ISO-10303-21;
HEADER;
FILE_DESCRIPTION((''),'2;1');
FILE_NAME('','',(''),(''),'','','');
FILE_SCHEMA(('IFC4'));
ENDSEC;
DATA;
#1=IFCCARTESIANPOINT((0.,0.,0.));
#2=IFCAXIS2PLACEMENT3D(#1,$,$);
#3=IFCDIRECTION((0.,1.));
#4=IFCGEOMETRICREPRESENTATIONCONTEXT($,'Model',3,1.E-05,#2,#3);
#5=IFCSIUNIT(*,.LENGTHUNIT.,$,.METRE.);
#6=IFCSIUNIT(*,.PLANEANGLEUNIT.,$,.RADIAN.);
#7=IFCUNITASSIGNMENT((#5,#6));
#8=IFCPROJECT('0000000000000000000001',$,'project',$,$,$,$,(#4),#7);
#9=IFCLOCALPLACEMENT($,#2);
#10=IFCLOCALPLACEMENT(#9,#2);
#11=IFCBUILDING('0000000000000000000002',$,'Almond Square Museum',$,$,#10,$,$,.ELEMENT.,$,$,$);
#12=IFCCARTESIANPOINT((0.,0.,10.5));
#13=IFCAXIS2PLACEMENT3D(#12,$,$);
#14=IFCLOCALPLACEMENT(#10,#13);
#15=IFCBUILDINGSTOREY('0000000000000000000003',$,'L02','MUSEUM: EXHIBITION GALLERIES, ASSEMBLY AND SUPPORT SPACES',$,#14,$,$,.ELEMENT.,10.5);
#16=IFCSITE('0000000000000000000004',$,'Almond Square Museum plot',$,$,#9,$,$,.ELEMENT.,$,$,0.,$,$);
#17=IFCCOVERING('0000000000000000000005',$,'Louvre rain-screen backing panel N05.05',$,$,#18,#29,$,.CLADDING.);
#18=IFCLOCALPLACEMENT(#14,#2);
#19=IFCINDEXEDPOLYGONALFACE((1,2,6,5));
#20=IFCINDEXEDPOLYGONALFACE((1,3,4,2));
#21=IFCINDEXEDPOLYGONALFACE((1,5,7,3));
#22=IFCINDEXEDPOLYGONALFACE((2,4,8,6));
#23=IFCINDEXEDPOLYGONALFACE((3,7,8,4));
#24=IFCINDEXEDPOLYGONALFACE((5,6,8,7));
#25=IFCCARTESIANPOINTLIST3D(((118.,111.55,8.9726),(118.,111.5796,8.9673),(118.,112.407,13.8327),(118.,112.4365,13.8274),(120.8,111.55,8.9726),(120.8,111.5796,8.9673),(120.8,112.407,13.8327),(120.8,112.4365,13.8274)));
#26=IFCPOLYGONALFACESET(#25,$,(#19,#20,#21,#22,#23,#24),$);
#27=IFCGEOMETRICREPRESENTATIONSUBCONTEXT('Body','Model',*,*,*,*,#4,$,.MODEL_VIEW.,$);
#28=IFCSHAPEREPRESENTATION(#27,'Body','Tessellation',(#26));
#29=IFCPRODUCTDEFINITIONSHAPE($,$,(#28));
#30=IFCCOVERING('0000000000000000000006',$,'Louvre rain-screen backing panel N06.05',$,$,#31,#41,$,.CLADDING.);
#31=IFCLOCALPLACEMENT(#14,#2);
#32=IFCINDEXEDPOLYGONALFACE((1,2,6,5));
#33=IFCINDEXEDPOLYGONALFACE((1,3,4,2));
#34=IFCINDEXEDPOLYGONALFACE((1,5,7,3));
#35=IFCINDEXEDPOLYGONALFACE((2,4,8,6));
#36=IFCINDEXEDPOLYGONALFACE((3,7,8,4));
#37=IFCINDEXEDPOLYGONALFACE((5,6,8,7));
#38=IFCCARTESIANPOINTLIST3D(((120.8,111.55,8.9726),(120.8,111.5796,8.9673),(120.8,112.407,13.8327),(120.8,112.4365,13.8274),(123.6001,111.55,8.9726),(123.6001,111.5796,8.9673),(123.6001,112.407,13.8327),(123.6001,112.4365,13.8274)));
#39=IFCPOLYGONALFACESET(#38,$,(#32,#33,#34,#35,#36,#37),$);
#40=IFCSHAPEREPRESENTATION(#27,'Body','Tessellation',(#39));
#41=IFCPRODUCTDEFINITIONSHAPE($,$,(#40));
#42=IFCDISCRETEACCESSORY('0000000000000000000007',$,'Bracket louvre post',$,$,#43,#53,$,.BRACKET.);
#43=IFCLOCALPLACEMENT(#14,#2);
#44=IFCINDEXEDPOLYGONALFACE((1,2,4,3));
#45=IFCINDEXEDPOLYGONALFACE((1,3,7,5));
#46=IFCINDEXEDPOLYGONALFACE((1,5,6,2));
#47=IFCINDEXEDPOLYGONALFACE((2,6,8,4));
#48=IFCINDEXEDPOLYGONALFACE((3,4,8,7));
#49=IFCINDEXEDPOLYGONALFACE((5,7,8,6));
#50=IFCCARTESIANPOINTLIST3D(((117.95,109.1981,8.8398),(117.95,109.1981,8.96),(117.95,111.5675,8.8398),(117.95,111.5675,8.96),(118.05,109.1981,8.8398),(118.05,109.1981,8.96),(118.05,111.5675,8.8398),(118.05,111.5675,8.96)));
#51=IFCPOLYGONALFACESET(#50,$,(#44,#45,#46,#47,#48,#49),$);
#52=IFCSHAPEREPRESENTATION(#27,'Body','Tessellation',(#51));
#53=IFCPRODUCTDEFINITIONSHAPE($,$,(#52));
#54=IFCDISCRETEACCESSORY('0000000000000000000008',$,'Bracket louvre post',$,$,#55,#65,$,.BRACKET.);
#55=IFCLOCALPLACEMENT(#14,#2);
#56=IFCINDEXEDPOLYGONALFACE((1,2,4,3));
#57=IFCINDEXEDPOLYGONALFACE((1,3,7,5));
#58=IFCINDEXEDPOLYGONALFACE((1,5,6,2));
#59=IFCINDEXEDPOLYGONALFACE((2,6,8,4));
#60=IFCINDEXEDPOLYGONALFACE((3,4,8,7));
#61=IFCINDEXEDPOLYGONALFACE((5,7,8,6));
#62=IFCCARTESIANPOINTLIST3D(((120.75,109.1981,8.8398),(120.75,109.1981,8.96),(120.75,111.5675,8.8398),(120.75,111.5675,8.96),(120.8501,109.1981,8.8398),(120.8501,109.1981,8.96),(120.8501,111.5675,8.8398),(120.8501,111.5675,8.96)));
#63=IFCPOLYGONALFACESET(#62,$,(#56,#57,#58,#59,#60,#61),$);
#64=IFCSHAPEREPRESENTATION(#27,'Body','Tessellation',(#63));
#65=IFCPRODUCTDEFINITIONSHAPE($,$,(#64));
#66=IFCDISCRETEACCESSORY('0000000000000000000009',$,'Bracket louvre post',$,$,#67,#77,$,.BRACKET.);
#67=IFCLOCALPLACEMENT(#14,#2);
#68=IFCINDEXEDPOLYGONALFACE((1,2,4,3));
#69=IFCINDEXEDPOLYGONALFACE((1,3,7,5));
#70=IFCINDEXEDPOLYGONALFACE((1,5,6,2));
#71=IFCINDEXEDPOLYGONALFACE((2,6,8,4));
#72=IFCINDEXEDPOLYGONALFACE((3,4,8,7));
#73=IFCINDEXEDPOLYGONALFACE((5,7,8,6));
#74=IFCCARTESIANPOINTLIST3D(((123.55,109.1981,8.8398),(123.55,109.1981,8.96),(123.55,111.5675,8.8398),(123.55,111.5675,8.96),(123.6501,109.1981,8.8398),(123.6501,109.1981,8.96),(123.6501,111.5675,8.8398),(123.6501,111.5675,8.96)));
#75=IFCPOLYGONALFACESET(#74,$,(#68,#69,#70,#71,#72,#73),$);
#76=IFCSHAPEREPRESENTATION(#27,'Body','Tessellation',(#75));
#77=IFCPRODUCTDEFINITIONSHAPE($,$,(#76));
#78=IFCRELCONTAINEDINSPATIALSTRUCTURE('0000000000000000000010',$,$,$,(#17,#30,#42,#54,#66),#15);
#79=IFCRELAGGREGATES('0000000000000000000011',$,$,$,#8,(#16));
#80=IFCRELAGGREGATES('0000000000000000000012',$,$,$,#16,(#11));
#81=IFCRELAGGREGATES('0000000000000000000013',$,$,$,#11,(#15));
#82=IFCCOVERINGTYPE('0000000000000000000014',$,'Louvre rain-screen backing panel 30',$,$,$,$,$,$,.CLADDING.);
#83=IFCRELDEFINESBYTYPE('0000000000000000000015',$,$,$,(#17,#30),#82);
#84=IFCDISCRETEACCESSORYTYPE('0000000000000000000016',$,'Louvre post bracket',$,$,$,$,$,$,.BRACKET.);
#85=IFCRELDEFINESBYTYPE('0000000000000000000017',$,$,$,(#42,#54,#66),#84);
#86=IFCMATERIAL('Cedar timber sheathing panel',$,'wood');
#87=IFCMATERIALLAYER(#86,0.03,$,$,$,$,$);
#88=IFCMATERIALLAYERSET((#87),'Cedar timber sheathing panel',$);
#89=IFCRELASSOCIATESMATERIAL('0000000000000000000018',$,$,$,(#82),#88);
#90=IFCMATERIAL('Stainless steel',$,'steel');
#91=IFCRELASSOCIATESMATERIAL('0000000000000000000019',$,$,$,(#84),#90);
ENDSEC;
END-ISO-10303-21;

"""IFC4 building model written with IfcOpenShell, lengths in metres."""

from ifc_helpers import new_model, si_unit, direction, frame, origin, origin_2d, place, context, subcontext, project, spatial, polyline, rectangle, outline, extrude, material, layer, layer_set, type_object, element, save


model = new_model("IFC4")

# Units and contexts
model_context = context("Model", 3, precision=1e-05, world=origin(), true_north=direction((0.0, 1.0)))
body_context = subcontext(model_context, "Body", "Model", "MODEL_VIEW")
ifc_project = project(units=[si_unit("LENGTHUNIT", "METRE"), si_unit("PLANEANGLEUNIT", "RADIAN")], contexts=[model_context])

# Site, building, storey
site_placement = place(None, origin())
site = spatial("IfcSite", under=ifc_project, at=site_placement, Name="Almond Square Museum plot", CompositionType="ELEMENT", RefElevation=0.0)
building_placement = place(site_placement, origin())
building = spatial("IfcBuilding", under=site, at=building_placement, Name="Almond Square Museum", CompositionType="ELEMENT")
storey_placement = place(building_placement, frame((0.0, 0.0, 10.5)))
storey = spatial("IfcBuildingStorey", under=building, at=storey_placement, Name="L02", Description="MUSEUM: EXHIBITION GALLERIES, ASSEMBLY AND SUPPORT SPACES", CompositionType="ELEMENT", Elevation=10.5)

# Coverings
ifc_material_1 = material(Name="Cedar timber sheathing panel", Category="wood")
ifc_layer_1 = layer(ifc_material_1, 0.03)
ifc_layer_set_1 = layer_set([ifc_layer_1], Name="Cedar timber sheathing panel")
covering_type_1 = type_object("IfcCoveringType", Name="Louvre rain-screen backing panel 30", PredefinedType="CLADDING", material=ifc_layer_set_1)
for number, where, z_axis, x_axis, name in (
    (1, (118.0, 111.5647, 8.97), (0.0, -0.984809, 0.173641), (1.0, 0.0, 0.0), "Louvre rain-screen backing panel N05.05"),
    (2, (120.8, 111.5647, 8.97), (0.0, -0.984809, 0.173641), (1.0, 0.0, 0.0), "Louvre rain-screen backing panel N06.05"),
):
    element("IfcCovering", number, at=place(storey_placement, frame(where, z_axis=z_axis, x_axis=x_axis)), inside=storey, type_object=covering_type_1, Name=name, PredefinedType="CLADDING", context=body_context, shape_type="SweptSolid", body=[
        extrude(outline(polyline([(0.0, 0.0), (2.8, 0.0), (2.8, 4.9351), (0.0, 4.9351), (0.0, 0.0)])), frame((0.0, 0.0, -0.0151)), (0.0, 0.0, 1.0), 0.03),
    ])

# Discrete accessories
ifc_material_2 = material(Name="Stainless steel", Category="steel")
discrete_accessory_type = type_object("IfcDiscreteAccessoryType", Name="Louvre post bracket", PredefinedType="BRACKET", material=ifc_material_2)
for number, where, z_axis, x_axis, name in (
    (3, (118.0, 110.3828, 8.8398), (0.0, 0.0, 1.0), (1.0, 0.0, 0.0), "Bracket louvre post"),
    (4, (120.8, 110.3828, 8.8398), (0.0, 0.0, 1.0), (1.0, 0.0, 0.0), "Bracket louvre post"),
    (5, (123.6001, 110.3828, 8.8398), (0.0, 0.0, 1.0), (1.0, 0.0, 0.0), "Bracket louvre post"),
):
    element("IfcDiscreteAccessory", number, at=place(storey_placement, frame(where, z_axis=z_axis, x_axis=x_axis)), inside=storey, type_object=discrete_accessory_type, Name=name, PredefinedType="BRACKET", context=body_context, shape_type="SweptSolid", body=[
        extrude(rectangle(XDim=0.1001, YDim=2.3694, at=origin_2d()), origin(), (0.0, 0.0, 1.0), 0.1201),
    ])

save(model, "model.ifc")
